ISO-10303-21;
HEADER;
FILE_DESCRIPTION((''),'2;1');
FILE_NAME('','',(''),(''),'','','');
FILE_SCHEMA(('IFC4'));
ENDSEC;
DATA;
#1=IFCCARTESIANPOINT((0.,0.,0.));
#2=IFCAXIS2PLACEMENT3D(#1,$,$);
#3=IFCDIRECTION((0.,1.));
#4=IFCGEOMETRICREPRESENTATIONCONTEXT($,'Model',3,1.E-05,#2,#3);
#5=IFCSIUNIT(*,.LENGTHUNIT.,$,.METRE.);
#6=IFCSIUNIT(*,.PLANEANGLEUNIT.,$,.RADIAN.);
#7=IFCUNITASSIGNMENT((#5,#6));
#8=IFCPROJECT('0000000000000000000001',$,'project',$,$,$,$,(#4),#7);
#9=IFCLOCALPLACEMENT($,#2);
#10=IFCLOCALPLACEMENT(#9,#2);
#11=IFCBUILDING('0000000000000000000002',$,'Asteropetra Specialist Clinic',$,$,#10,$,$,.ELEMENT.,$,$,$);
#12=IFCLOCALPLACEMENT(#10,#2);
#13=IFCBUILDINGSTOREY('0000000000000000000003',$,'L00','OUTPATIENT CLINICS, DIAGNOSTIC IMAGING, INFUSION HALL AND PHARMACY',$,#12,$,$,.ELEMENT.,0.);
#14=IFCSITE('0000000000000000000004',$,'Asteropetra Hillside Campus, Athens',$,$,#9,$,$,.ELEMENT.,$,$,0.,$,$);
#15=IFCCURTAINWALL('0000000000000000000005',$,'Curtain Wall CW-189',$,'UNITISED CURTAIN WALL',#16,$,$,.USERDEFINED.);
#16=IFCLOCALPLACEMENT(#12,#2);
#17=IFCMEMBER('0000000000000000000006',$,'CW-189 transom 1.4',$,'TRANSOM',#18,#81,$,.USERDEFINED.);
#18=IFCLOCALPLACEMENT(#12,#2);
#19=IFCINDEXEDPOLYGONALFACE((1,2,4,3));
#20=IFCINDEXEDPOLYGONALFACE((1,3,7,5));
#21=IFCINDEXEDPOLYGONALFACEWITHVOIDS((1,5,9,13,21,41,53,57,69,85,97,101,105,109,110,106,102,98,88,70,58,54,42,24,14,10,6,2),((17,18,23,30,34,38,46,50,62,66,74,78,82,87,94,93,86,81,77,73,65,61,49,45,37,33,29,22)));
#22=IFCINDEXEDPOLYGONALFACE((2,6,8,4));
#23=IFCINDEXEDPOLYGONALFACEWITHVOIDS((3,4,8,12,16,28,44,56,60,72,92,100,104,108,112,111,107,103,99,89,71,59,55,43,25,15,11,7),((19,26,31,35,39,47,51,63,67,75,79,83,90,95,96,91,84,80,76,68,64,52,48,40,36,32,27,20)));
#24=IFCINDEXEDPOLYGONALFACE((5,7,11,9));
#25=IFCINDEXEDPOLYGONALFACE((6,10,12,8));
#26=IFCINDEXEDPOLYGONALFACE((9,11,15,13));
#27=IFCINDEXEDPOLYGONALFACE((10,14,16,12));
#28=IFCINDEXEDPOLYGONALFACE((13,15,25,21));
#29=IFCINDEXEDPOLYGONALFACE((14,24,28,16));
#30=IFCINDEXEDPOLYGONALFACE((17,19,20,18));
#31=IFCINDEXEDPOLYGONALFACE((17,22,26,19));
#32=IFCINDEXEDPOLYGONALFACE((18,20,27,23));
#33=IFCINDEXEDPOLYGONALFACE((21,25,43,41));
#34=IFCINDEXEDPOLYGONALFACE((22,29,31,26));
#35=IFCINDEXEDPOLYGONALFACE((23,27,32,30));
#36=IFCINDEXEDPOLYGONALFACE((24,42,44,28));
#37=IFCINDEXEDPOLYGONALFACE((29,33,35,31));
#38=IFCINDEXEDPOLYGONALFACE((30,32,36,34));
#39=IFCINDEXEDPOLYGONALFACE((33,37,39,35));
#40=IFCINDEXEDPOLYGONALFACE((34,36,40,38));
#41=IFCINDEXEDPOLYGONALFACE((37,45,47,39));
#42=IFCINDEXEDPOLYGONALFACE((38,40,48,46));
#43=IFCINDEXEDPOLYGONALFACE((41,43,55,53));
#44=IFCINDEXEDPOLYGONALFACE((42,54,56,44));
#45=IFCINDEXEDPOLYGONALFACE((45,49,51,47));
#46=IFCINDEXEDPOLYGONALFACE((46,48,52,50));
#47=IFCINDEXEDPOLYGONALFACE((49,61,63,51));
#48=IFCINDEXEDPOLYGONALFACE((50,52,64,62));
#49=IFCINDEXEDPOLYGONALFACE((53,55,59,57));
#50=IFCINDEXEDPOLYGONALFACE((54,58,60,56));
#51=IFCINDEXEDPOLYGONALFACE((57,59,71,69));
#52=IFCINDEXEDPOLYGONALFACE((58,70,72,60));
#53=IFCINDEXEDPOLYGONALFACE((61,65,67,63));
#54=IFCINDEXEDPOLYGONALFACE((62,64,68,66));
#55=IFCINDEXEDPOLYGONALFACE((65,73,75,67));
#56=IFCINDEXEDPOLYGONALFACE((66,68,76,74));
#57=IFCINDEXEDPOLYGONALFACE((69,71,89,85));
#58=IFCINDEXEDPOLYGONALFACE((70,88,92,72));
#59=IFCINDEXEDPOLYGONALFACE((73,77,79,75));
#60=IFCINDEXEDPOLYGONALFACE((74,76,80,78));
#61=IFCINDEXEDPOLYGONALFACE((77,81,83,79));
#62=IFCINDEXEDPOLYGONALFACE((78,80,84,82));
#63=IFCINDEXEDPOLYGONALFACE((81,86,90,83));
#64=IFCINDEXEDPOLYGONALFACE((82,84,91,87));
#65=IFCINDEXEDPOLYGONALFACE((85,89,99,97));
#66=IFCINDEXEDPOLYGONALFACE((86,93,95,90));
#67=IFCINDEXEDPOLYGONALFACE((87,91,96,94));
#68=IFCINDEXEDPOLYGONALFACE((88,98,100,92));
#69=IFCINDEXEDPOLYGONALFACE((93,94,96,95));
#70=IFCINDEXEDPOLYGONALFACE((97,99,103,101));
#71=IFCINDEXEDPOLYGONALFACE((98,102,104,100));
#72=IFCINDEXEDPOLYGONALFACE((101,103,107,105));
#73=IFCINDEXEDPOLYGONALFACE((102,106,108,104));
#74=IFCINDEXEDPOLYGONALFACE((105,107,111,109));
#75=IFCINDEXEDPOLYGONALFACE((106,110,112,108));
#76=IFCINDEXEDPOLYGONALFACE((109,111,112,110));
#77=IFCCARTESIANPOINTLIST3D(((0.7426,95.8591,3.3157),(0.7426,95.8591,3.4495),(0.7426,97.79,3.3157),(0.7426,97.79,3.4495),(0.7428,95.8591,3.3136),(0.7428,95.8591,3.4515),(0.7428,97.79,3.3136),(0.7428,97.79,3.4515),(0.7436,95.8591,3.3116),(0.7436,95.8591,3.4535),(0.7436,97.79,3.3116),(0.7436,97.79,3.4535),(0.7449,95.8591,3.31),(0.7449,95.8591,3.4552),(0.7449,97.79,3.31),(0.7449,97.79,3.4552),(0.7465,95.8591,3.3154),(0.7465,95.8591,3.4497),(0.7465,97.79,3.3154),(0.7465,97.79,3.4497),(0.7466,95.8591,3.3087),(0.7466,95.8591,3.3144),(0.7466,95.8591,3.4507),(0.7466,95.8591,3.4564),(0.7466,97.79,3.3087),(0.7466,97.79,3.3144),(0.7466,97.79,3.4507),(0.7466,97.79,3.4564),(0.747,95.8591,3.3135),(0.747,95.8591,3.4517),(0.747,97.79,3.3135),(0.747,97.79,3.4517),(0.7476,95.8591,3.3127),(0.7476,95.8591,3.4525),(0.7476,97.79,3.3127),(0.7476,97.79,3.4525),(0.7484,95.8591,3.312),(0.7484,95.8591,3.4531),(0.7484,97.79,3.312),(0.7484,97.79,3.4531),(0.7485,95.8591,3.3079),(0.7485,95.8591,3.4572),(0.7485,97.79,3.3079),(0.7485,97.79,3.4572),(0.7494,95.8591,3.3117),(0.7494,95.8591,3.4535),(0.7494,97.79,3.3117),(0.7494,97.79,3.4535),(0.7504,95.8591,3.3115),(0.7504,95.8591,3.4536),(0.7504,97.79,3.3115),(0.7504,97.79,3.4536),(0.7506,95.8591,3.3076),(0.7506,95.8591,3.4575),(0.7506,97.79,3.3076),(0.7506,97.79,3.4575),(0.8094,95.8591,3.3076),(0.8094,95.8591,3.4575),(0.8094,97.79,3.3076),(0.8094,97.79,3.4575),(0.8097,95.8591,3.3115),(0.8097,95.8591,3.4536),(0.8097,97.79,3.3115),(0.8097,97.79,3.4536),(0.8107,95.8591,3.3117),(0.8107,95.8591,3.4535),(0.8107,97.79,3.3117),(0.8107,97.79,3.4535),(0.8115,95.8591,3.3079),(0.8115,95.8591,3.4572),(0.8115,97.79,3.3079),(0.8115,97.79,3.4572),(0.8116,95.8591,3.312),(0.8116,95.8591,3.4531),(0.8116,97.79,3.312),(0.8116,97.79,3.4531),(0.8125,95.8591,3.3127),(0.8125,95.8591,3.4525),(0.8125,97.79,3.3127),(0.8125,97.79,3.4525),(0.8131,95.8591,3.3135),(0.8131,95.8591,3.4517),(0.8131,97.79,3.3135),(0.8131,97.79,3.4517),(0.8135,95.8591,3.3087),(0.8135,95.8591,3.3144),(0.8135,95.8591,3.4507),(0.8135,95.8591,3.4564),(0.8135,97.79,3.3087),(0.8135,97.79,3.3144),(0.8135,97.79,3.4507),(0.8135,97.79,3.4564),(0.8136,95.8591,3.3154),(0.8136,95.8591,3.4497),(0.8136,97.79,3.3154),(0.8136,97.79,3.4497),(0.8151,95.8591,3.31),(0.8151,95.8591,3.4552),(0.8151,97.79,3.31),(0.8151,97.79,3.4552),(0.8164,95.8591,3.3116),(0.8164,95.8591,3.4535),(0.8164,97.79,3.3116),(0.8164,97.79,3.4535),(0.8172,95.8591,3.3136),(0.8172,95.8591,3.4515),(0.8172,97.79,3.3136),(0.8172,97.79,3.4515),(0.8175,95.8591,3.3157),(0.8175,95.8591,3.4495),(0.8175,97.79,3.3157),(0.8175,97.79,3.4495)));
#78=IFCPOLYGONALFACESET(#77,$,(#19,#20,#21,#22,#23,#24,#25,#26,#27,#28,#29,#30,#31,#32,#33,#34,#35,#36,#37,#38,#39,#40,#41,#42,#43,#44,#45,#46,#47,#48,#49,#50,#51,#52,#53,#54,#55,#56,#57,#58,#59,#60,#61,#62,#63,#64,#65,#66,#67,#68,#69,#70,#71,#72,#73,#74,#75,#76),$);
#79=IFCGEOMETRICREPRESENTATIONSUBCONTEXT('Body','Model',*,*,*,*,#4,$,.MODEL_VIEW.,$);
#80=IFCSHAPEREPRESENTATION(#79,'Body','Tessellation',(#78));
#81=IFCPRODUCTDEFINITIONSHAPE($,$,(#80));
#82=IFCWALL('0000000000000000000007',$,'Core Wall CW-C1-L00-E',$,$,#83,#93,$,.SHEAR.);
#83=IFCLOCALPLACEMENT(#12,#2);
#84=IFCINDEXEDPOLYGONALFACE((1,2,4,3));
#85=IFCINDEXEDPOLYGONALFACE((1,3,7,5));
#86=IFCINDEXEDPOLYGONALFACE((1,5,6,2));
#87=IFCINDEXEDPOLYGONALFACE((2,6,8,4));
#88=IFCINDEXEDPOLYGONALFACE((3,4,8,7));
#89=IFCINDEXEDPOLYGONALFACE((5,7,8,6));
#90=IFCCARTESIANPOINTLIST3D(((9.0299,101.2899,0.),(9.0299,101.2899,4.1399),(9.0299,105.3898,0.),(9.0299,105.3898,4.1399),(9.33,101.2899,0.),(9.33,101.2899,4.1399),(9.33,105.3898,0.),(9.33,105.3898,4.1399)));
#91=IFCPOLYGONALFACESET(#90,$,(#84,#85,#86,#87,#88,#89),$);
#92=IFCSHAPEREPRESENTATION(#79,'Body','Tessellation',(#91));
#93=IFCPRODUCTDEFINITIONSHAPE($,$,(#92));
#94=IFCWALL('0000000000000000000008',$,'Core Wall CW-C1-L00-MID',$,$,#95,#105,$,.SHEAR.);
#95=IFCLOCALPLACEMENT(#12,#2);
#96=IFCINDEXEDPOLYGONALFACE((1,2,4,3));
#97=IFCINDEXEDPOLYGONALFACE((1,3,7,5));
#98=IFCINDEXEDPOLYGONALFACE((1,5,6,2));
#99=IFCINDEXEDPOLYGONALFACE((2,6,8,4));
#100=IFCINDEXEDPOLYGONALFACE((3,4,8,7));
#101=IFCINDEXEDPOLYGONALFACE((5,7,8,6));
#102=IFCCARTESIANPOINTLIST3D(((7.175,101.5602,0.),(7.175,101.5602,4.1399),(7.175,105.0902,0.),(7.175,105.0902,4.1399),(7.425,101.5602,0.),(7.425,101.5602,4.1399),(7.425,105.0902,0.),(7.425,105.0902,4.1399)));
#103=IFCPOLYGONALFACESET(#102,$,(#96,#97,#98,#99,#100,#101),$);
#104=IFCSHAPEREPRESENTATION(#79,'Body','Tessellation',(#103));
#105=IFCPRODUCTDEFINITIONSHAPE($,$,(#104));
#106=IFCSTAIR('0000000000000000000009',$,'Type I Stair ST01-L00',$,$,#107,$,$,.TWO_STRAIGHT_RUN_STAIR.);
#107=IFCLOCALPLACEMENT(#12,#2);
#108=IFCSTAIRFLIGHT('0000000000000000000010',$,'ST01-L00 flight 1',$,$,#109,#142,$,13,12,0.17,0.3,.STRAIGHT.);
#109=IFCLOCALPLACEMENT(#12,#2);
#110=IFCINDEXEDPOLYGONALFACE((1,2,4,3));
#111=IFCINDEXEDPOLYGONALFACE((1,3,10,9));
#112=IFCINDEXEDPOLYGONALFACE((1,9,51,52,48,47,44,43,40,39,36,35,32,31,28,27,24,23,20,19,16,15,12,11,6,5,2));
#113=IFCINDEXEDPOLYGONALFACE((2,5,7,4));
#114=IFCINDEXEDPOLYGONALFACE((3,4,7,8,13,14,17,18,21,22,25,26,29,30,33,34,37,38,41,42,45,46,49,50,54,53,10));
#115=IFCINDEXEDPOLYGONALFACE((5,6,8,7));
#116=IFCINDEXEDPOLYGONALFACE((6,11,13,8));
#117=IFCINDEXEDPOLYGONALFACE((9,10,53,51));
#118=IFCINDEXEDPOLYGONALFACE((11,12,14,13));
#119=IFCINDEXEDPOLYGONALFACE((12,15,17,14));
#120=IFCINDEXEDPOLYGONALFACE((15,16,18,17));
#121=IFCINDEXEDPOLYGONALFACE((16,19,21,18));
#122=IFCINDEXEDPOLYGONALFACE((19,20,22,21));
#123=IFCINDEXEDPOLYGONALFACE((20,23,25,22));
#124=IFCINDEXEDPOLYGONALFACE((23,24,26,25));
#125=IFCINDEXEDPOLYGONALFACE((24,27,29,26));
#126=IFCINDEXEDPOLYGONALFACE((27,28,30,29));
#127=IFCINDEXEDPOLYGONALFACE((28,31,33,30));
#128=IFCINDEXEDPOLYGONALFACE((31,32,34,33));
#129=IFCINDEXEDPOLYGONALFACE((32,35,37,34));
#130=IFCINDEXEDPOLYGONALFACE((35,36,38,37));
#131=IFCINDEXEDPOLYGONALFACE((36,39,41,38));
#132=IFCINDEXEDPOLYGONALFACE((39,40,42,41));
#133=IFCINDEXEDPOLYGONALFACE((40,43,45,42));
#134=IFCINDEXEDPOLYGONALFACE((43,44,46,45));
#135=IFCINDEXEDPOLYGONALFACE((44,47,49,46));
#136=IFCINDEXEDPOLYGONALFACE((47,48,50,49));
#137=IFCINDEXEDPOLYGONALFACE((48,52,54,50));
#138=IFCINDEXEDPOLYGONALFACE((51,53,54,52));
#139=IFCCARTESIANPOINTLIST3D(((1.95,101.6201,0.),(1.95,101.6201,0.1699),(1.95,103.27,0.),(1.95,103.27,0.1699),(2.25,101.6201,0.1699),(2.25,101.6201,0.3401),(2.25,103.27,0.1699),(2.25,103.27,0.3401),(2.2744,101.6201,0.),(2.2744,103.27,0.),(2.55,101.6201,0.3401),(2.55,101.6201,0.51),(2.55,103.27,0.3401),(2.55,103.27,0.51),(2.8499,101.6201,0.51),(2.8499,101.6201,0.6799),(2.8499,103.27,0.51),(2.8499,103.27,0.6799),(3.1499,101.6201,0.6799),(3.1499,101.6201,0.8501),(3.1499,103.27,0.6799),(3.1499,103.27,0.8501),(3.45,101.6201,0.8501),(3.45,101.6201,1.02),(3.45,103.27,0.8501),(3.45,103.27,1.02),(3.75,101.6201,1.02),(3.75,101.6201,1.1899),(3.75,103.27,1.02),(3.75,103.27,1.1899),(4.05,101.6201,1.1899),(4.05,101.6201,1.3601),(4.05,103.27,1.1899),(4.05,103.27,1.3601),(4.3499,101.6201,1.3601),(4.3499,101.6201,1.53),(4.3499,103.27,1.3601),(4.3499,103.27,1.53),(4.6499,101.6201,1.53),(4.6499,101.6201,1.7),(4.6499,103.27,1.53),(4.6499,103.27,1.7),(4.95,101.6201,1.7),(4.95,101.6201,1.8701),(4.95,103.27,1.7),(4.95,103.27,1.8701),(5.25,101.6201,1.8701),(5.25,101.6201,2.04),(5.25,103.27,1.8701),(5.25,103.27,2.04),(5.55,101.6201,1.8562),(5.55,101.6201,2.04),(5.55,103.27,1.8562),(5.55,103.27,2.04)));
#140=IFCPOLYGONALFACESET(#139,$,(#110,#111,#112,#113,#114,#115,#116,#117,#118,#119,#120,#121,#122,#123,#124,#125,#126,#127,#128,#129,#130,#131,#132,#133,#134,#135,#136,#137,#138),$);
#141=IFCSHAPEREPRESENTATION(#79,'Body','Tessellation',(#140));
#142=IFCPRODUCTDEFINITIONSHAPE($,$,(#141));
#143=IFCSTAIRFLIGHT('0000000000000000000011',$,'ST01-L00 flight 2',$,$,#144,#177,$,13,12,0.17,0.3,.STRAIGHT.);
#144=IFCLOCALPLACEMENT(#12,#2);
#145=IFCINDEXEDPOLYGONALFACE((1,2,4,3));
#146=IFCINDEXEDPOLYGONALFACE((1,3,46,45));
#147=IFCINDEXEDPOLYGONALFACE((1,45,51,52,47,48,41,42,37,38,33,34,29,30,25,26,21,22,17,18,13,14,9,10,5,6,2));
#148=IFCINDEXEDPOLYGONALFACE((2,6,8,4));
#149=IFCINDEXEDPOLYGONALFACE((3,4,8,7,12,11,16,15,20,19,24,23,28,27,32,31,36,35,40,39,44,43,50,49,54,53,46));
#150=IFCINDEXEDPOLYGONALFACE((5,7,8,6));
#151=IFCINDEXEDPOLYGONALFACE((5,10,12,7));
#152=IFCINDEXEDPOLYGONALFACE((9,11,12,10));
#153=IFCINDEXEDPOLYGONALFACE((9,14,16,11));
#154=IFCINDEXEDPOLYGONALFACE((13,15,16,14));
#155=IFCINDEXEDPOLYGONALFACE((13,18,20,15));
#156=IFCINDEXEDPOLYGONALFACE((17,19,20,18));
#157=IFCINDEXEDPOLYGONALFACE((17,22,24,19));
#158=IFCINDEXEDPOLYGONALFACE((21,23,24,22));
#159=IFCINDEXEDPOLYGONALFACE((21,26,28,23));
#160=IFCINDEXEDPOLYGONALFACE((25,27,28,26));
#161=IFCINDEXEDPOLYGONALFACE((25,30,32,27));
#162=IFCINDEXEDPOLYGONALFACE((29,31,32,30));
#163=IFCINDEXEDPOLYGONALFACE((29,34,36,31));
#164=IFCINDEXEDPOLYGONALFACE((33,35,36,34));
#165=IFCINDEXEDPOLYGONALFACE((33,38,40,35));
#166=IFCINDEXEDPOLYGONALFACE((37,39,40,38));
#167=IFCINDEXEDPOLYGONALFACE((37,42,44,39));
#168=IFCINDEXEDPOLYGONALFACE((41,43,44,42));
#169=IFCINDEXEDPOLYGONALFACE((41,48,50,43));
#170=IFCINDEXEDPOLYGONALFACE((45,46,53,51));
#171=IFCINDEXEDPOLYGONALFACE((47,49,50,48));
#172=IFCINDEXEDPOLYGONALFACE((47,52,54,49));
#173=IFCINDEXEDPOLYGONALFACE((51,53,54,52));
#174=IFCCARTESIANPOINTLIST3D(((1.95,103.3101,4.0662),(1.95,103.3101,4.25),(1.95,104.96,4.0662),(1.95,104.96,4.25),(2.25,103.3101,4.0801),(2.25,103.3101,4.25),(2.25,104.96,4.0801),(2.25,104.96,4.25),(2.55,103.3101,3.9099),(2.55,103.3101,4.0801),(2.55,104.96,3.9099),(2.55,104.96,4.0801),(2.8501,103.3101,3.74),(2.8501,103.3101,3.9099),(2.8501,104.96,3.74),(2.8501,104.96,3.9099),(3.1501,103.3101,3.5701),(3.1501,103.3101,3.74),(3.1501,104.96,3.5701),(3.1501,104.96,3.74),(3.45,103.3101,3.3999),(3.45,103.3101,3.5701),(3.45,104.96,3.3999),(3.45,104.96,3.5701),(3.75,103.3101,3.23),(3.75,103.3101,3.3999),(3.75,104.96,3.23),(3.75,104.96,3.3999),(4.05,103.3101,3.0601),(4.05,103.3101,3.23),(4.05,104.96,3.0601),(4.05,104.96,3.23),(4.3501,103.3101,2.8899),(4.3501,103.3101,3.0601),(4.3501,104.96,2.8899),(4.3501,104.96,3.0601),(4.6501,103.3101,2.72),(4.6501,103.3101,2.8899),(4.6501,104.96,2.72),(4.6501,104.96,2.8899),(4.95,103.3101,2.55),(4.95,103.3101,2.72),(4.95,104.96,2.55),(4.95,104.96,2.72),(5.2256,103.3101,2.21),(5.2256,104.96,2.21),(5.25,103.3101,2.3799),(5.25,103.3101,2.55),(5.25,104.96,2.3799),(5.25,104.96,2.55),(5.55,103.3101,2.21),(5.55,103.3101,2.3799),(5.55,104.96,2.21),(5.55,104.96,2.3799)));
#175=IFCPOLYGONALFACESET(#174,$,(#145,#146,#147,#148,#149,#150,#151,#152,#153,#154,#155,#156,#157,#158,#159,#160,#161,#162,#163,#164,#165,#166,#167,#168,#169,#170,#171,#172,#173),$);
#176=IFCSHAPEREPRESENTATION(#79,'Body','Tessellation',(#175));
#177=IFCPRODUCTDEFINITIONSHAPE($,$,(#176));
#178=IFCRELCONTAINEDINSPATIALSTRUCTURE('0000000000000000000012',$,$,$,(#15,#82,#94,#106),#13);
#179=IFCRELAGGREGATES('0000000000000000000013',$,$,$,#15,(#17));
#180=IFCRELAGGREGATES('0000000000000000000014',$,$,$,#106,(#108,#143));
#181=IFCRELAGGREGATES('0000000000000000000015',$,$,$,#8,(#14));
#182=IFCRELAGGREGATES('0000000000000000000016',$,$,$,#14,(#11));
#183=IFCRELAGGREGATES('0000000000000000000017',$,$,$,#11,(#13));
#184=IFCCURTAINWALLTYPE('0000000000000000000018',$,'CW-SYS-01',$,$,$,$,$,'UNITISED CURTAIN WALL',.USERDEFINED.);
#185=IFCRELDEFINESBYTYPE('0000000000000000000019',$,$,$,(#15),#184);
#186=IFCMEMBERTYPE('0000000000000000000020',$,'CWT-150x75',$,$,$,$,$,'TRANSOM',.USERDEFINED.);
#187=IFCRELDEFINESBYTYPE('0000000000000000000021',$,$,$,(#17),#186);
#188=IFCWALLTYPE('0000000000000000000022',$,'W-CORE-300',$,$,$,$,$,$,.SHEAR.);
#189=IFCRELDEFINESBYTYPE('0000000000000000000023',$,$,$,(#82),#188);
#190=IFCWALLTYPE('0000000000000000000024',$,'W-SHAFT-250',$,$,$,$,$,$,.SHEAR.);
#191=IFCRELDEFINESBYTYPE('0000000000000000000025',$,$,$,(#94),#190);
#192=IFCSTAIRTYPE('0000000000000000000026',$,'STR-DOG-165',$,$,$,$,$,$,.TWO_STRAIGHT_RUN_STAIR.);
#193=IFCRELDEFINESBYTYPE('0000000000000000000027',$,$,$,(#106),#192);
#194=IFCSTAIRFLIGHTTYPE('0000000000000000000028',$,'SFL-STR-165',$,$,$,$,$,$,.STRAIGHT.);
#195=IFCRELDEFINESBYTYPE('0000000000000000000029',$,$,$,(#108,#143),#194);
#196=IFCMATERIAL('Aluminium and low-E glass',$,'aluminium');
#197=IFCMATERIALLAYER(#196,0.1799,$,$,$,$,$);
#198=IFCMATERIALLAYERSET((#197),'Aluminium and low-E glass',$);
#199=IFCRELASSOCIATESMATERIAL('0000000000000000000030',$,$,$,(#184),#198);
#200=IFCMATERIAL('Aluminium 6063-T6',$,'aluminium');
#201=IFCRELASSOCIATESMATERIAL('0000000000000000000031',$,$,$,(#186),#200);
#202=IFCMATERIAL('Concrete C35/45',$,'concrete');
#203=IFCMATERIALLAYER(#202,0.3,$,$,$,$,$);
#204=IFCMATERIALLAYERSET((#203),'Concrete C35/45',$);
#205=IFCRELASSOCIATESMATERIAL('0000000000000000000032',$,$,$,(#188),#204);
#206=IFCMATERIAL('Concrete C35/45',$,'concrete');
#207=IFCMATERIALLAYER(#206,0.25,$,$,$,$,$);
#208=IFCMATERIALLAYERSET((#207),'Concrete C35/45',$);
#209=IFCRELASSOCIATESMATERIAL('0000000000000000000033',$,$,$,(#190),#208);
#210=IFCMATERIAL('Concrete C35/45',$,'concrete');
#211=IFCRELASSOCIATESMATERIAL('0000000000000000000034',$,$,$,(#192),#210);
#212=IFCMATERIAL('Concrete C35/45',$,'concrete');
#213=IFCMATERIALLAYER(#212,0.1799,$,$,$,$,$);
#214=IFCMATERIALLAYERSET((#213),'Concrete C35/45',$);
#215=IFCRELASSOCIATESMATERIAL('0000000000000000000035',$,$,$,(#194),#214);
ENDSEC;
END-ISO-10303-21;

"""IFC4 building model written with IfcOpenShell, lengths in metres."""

from ifc_helpers import new_model, si_unit, direction, frame, frame_2d, origin, origin_2d, place, context, subcontext, project, spatial, polyline, rectangle, hollow_rectangle, outline, extrude, material, layer, layer_set, material_profile, profile_set, type_object, element, aggregate, save


model = new_model("IFC4")

# Units and contexts
model_context = context("Model", 3, precision=1e-05, world=origin(), true_north=direction((0.0, 1.0)))
body_context = subcontext(model_context, "Body", "Model", "MODEL_VIEW")
ifc_project = project(units=[si_unit("LENGTHUNIT", "METRE"), si_unit("PLANEANGLEUNIT", "RADIAN")], contexts=[model_context])

# Site, building, storey
site_placement = place(None, origin())
site = spatial("IfcSite", under=ifc_project, at=site_placement, Name="Asteropetra Hillside Campus, Athens", CompositionType="ELEMENT", RefElevation=0.0)
building_placement = place(site_placement, origin())
building = spatial("IfcBuilding", under=site, at=building_placement, Name="Asteropetra Specialist Clinic", CompositionType="ELEMENT")
storey_placement = place(building_placement, origin())
storey = spatial("IfcBuildingStorey", under=building, at=storey_placement, Name="L00", Description="OUTPATIENT CLINICS, DIAGNOSTIC IMAGING, INFUSION HALL AND PHARMACY", CompositionType="ELEMENT", Elevation=0.0)

# Curtain wall, member
ifc_material_1 = material(Name="Aluminium and low-E glass", Category="aluminium")
ifc_layer_1 = layer(ifc_material_1, 0.1799)
ifc_layer_set_1 = layer_set([ifc_layer_1], Name="Aluminium and low-E glass")
curtain_wall_type = type_object("IfcCurtainWallType", Name="CW-SYS-01", ElementType="UNITISED CURTAIN WALL", PredefinedType="USERDEFINED", material=ifc_layer_set_1)
curtain_wall_placement = place(storey_placement, origin())
curtain_wall = element("IfcCurtainWall", 1, at=curtain_wall_placement, inside=storey, type_object=curtain_wall_type, Name="Curtain Wall CW-189", ObjectType="UNITISED CURTAIN WALL", PredefinedType="USERDEFINED")
ifc_material_2 = material(Name="Aluminium 6063-T6", Category="aluminium")
ifc_material_profile_1 = material_profile(ifc_material_2, hollow_rectangle(XDim=0.075, YDim=0.1499, WallThickness=0.0039, InnerFilletRadius=0.0039, OuterFilletRadius=0.0081, at=origin_2d()), Name="TRN 150x75x4.0")
ifc_profile_set_1 = profile_set([ifc_material_profile_1], Name="Aluminium 6063-T6")
member_type_1 = type_object("IfcMemberType", Name="CWT-150x75", ElementType="TRANSOM", PredefinedType="USERDEFINED", material=ifc_profile_set_1)
member_1_placement = place(storey_placement, frame((0.78, 97.79, 3.3826), z_axis=(0.0, -1.0, 0.0), x_axis=(1.0, 0.0, 0.0)))
member_1 = element("IfcMember", 2, at=member_1_placement, type_object=member_type_1, Name="CW-189 transom 1.4", ObjectType="TRANSOM", PredefinedType="USERDEFINED", context=body_context, shape_type="SweptSolid", body=[
    extrude(hollow_rectangle(XDim=0.075, YDim=0.1499, WallThickness=0.0039, InnerFilletRadius=0.0039, OuterFilletRadius=0.0081, at=origin_2d()), origin(), (0.0, 0.0, 1.0), 1.9309),
])
aggregate(curtain_wall, [member_1])

# Walls
ifc_material_3 = material(Name="Concrete C35/45", Category="concrete")
ifc_layer_2 = layer(ifc_material_3, 0.3)
ifc_layer_set_2 = layer_set([ifc_layer_2], Name="Concrete C35/45")
wall_type_1 = type_object("IfcWallType", Name="W-CORE-300", PredefinedType="SHEAR", material=ifc_layer_set_2)
wall_1_placement = place(storey_placement, frame((9.1799, 101.29, 0.0), z_axis=(0.0, 0.0, 1.0), x_axis=(0.0, 1.0, 0.0)))
element("IfcWall", 3, at=wall_1_placement, inside=storey, type_object=wall_type_1, Name="Core Wall CW-C1-L00-E", PredefinedType="SHEAR", context=body_context, shape_type="SweptSolid", body=[
    extrude(rectangle(XDim=4.0999, YDim=0.3, at=frame_2d((2.0498, 0.0))), origin(), (0.0, 0.0, 1.0), 4.1399),
])
ifc_material_4 = material(Name="Concrete C35/45", Category="concrete")
ifc_layer_3 = layer(ifc_material_4, 0.25)
ifc_layer_set_3 = layer_set([ifc_layer_3], Name="Concrete C35/45")
wall_type_2 = type_object("IfcWallType", Name="W-SHAFT-250", PredefinedType="SHEAR", material=ifc_layer_set_3)
wall_2_placement = place(storey_placement, frame((7.3, 101.5601, 0.0), z_axis=(0.0, 0.0, 1.0), x_axis=(0.0, 1.0, 0.0)))
element("IfcWall", 4, at=wall_2_placement, inside=storey, type_object=wall_type_2, Name="Core Wall CW-C1-L00-MID", PredefinedType="SHEAR", context=body_context, shape_type="SweptSolid", body=[
    extrude(rectangle(XDim=3.53, YDim=0.25, at=frame_2d((1.7651, 0.0))), origin(), (0.0, 0.0, 1.0), 4.1399),
])

# Stair, stair flights
ifc_material_5 = material(Name="Concrete C35/45", Category="concrete")
stair_type = type_object("IfcStairType", Name="STR-DOG-165", PredefinedType="TWO_STRAIGHT_RUN_STAIR", material=ifc_material_5)
stair_placement = place(storey_placement, origin())
stair = element("IfcStair", 5, at=stair_placement, inside=storey, type_object=stair_type, Name="Type I Stair ST01-L00", PredefinedType="TWO_STRAIGHT_RUN_STAIR")
ifc_material_6 = material(Name="Concrete C35/45", Category="concrete")
ifc_layer_4 = layer(ifc_material_6, 0.1799)
ifc_layer_set_4 = layer_set([ifc_layer_4], Name="Concrete C35/45")
stair_flight_type = type_object("IfcStairFlightType", Name="SFL-STR-165", PredefinedType="STRAIGHT", material=ifc_layer_set_4)
stair_flight_1_placement = place(storey_placement, frame((1.95, 102.4451, 0.0), z_axis=(0.0, 0.0, 1.0), x_axis=(1.0, 0.0, 0.0)))
stair_flight_1 = element("IfcStairFlight", 6, at=stair_flight_1_placement, type_object=stair_flight_type, Name="ST01-L00 flight 1", NumberOfRisers=13, NumberOfTreads=12, PredefinedType="STRAIGHT", RiserHeight=0.17, TreadLength=0.3, context=body_context, shape_type="SweptSolid", body=[
    extrude(outline(polyline([(0.0, 0.0), (0.0, 0.1699), (0.3, 0.1699), (0.3, 0.3401), (0.6001, 0.3401), (0.6001, 0.51), (0.8999, 0.51), (0.8999, 0.6799), (1.2, 0.6799), (1.2, 0.8501), (1.5, 0.8501), (1.5, 1.02), (1.8, 1.02), (1.8, 1.1899), (2.1001, 1.1899), (2.1001, 1.3601), (2.3999, 1.3601), (2.3999, 1.53), (2.7, 1.53), (2.7, 1.7), (3.0, 1.7), (3.0, 1.8701), (3.3, 1.8701), (3.3, 2.04), (3.6001, 2.04), (3.6001, 2.21), (3.6001, 1.8562), (0.3245, 0.0), (0.0, 0.0)])), frame((0.0, 0.825, 0.0), z_axis=(0.0, -1.0, 0.0), x_axis=(1.0, 0.0, 0.0)), (0.0, 0.0, 1.0), 1.6499),
])
stair_flight_2_placement = place(storey_placement, frame((5.55, 104.135, 2.21), z_axis=(0.0, 0.0, 1.0), x_axis=(-1.0, 0.0, 0.0)))
stair_flight_2 = element("IfcStairFlight", 7, at=stair_flight_2_placement, type_object=stair_flight_type, Name="ST01-L00 flight 2", NumberOfRisers=13, NumberOfTreads=12, PredefinedType="STRAIGHT", RiserHeight=0.17, TreadLength=0.3, context=body_context, shape_type="SweptSolid", body=[
    extrude(outline(polyline([(0.0, 0.0), (0.0, 0.1699), (0.3, 0.1699), (0.3, 0.3401), (0.6001, 0.3401), (0.6001, 0.51), (0.8999, 0.51), (0.8999, 0.6799), (1.2, 0.6799), (1.2, 0.8501), (1.5, 0.8501), (1.5, 1.02), (1.8, 1.02), (1.8, 1.1899), (2.1001, 1.1899), (2.1001, 1.3601), (2.3999, 1.3601), (2.3999, 1.53), (2.7, 1.53), (2.7, 1.7), (3.0, 1.7), (3.0, 1.8701), (3.3, 1.8701), (3.3, 2.04), (3.6001, 2.04), (3.6001, 2.21), (3.6001, 1.8562), (0.3245, 0.0), (0.0, 0.0)])), frame((0.0, 0.825, 0.0), z_axis=(0.0, -1.0, 0.0), x_axis=(1.0, 0.0, 0.0)), (0.0, 0.0, 1.0), 1.6499),
])
aggregate(stair, [stair_flight_1, stair_flight_2])

save(model, "model.ifc")
